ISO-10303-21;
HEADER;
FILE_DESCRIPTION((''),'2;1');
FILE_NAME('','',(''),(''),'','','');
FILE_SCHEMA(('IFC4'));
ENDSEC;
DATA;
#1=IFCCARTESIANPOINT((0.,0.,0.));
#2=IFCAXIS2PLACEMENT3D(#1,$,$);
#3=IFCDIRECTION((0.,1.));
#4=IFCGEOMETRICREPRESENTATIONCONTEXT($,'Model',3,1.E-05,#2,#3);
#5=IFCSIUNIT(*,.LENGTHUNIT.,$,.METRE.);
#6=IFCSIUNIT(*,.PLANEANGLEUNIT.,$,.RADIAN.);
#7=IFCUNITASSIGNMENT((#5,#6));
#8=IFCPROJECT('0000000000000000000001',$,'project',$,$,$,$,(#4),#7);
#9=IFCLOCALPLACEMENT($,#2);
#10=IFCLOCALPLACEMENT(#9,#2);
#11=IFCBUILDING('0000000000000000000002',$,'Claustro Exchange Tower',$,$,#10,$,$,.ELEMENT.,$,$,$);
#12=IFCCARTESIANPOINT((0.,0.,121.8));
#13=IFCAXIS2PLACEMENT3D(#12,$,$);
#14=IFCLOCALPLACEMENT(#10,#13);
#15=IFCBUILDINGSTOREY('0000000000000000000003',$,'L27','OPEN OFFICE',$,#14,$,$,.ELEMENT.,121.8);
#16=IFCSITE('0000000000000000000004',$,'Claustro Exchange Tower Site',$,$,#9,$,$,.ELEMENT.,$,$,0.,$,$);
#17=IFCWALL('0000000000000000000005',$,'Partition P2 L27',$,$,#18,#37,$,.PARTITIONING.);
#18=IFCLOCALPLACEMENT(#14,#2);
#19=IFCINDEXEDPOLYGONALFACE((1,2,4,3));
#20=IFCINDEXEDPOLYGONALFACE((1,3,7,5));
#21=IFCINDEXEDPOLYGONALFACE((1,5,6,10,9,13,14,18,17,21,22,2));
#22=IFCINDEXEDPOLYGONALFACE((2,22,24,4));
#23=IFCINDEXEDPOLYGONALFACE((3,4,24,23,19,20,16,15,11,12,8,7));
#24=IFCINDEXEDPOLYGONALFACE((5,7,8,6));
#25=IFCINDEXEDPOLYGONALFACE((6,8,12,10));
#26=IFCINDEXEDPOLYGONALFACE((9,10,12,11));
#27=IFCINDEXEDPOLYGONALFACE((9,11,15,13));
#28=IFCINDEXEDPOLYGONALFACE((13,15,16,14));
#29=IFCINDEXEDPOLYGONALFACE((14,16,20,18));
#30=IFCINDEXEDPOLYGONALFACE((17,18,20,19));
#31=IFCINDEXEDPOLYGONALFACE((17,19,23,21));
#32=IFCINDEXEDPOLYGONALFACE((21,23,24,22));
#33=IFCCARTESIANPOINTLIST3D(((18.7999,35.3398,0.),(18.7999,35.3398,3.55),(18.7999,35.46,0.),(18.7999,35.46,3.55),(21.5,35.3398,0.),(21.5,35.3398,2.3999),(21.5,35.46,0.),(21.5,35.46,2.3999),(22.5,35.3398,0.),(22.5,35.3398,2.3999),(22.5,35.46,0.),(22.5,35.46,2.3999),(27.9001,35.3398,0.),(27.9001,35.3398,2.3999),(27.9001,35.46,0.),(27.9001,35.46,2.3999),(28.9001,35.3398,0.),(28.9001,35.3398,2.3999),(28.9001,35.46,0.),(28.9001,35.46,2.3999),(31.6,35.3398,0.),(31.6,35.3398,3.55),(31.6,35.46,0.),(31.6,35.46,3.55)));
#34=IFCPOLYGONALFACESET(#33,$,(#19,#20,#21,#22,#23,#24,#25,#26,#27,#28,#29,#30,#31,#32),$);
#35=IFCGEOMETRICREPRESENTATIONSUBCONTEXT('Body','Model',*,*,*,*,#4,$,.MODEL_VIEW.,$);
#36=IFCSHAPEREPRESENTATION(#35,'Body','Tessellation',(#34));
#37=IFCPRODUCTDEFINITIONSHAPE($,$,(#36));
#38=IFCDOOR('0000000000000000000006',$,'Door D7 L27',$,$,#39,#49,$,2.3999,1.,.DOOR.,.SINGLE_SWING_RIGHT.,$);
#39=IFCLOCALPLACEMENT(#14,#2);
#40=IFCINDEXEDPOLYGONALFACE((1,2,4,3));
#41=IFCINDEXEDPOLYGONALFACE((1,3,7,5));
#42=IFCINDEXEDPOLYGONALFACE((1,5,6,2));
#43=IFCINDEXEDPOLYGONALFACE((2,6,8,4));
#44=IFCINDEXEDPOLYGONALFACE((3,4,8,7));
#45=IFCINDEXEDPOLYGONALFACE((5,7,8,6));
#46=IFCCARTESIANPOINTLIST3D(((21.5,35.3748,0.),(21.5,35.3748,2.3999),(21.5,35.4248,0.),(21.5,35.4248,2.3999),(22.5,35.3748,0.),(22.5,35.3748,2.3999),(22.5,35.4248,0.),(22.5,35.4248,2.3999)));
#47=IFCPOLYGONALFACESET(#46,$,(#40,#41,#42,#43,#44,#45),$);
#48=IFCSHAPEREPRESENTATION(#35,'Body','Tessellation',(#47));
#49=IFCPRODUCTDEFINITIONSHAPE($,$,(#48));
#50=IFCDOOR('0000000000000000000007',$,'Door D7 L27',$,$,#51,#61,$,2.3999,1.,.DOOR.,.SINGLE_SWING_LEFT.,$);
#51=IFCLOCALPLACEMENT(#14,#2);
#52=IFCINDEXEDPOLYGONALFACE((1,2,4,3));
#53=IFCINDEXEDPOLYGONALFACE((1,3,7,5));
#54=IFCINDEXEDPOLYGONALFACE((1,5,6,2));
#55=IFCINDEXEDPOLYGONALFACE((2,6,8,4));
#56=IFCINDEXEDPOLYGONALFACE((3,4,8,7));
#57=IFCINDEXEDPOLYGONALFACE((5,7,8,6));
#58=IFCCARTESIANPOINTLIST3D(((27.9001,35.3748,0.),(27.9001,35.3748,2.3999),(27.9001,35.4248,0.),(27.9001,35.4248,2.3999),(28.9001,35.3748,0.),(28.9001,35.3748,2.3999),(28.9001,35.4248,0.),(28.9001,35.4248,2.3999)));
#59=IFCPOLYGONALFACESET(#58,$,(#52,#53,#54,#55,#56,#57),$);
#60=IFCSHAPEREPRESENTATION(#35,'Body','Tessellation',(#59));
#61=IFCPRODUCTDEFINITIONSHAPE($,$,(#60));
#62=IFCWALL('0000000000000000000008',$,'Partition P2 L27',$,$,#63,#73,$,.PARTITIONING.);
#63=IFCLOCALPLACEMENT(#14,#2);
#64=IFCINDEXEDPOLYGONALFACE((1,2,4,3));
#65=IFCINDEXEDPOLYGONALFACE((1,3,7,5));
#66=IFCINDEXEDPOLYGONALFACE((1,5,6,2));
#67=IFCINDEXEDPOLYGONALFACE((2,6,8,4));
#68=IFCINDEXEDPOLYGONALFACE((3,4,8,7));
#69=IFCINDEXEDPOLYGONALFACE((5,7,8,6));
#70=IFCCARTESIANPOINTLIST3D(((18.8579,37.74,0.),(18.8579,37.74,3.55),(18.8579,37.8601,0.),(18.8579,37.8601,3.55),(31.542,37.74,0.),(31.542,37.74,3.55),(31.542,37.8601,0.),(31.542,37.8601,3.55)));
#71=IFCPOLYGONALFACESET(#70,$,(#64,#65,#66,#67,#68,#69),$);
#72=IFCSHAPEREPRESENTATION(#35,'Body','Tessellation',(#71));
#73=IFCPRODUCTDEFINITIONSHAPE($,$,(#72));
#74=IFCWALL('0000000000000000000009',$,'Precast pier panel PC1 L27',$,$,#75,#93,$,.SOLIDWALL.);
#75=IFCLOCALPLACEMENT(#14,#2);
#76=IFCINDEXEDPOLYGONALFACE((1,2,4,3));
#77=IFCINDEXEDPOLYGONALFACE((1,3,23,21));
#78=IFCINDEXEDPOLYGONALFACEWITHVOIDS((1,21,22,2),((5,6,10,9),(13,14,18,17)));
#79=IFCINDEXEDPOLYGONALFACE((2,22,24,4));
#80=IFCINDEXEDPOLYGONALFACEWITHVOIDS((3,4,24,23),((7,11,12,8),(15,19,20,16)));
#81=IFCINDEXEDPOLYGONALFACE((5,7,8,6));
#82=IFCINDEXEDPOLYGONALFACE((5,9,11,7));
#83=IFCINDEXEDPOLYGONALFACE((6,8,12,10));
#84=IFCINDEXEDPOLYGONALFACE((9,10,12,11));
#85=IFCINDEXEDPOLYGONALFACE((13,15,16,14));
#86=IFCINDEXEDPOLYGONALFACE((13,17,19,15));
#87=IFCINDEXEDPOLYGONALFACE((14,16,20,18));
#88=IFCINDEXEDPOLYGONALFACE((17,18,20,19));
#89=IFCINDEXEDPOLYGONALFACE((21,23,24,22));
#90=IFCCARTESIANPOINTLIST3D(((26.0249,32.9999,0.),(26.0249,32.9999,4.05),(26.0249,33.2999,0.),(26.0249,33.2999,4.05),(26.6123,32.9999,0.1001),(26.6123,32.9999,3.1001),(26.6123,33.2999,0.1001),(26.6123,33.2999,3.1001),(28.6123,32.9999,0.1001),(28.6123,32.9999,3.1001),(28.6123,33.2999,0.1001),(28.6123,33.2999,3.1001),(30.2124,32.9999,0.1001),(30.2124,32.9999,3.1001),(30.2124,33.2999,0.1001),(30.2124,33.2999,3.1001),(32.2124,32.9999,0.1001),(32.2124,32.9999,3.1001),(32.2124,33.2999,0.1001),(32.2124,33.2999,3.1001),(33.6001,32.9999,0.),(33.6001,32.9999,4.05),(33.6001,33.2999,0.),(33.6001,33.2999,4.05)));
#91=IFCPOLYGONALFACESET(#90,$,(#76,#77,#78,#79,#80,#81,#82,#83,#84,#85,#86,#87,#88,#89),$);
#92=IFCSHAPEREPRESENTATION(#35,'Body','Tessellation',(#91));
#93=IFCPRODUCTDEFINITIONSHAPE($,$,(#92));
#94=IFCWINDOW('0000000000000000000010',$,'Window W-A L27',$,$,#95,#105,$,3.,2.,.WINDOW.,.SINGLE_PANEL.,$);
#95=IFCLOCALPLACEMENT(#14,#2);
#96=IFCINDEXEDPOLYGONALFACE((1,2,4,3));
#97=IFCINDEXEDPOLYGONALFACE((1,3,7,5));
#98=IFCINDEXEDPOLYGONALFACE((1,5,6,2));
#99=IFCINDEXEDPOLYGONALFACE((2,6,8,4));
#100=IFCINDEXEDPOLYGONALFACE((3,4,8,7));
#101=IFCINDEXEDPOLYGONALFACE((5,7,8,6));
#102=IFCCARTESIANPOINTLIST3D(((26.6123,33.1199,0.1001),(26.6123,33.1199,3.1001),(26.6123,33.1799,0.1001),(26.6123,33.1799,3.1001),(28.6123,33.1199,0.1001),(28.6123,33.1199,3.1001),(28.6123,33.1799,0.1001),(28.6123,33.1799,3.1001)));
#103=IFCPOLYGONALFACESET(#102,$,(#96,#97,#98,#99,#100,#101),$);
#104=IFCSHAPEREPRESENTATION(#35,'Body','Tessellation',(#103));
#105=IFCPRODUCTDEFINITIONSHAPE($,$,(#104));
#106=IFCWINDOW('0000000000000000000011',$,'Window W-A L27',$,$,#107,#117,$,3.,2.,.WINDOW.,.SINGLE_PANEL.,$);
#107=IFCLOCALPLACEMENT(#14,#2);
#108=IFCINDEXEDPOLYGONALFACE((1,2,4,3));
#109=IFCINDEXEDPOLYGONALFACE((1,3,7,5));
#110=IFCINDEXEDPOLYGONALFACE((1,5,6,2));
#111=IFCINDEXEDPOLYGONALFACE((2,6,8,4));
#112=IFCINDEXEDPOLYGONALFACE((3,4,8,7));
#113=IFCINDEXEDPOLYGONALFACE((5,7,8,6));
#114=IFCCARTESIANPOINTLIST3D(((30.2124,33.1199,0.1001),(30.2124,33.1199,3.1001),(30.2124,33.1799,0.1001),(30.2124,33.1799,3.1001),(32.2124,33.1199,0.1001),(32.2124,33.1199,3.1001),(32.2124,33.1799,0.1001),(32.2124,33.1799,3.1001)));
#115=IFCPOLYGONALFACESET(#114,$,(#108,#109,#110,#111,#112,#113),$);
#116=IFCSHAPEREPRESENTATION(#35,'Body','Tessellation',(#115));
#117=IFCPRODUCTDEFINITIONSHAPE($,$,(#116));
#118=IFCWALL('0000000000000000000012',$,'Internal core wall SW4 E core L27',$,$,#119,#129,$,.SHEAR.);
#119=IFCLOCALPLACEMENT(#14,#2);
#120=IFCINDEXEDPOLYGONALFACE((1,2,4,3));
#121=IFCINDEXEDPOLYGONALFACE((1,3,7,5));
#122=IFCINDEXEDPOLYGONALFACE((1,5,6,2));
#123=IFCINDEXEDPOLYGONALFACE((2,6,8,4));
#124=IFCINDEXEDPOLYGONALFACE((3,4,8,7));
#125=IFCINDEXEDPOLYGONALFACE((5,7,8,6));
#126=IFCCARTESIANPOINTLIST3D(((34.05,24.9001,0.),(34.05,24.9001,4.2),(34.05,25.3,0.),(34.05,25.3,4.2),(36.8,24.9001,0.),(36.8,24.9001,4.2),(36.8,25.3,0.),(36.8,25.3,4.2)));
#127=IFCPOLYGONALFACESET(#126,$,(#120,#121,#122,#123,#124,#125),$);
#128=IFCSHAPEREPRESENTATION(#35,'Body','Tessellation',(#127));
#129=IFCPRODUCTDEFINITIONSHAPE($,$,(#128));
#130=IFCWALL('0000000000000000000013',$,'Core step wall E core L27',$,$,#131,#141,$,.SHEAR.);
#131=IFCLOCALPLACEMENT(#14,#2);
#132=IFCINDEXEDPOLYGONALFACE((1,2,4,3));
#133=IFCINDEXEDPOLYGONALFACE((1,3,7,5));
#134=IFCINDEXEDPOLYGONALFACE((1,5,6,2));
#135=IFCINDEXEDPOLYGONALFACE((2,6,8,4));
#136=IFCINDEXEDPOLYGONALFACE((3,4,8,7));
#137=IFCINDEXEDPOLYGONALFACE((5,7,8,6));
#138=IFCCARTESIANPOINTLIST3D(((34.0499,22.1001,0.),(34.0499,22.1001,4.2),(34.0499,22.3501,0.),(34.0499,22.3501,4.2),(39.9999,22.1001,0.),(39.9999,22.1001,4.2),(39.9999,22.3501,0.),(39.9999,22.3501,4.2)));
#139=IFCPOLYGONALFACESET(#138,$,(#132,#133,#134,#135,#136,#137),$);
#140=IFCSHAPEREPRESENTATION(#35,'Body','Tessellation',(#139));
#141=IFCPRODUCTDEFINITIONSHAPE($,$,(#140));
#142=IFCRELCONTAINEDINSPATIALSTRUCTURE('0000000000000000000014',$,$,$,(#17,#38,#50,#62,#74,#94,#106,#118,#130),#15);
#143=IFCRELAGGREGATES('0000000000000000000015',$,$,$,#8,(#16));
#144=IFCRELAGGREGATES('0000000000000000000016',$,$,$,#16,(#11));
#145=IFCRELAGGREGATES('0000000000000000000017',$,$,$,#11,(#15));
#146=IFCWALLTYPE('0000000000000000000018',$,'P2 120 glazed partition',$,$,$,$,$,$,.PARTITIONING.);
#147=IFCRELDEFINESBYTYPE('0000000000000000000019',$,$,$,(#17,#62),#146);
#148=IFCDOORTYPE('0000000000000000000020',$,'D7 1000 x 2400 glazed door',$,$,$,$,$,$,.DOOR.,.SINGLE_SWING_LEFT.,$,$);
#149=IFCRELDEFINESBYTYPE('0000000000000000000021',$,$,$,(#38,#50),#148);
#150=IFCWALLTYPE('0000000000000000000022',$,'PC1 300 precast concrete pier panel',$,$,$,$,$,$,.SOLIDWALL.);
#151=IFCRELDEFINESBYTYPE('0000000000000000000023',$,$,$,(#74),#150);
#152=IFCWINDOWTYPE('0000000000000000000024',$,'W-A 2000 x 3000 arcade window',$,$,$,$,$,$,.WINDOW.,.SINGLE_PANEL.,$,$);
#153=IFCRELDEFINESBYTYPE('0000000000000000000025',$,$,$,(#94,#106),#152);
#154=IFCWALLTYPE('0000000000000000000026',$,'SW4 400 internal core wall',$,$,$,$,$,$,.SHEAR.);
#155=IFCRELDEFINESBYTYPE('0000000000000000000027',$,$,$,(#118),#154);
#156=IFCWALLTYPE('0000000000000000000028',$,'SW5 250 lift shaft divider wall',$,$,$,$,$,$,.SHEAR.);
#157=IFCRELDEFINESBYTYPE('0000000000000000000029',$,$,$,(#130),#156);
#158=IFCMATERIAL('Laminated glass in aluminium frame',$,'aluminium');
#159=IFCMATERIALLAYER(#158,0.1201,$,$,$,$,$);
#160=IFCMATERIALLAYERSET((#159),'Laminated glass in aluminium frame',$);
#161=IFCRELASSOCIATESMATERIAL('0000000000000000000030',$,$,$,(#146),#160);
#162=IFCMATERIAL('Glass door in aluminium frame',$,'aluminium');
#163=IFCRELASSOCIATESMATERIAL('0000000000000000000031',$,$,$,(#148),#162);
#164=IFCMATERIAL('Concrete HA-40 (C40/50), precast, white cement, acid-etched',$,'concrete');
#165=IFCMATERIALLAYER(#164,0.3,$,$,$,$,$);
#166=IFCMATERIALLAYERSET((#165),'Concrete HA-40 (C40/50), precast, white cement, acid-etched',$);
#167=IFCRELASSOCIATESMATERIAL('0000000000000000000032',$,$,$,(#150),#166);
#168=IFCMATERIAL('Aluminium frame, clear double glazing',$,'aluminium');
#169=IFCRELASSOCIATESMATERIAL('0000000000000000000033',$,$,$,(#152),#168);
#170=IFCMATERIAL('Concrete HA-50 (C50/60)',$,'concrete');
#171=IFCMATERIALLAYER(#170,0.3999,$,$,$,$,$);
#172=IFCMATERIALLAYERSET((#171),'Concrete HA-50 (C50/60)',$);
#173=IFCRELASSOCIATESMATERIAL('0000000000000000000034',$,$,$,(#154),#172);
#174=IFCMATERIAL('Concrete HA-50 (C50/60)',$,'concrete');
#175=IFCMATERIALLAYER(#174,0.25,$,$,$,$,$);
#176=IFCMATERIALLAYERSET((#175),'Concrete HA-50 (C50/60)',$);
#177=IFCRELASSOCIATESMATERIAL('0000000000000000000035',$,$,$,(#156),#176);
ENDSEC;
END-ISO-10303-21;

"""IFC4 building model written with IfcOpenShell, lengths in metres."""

from ifc_helpers import new_model, si_unit, direction, frame, frame_2d, origin, place, context, subcontext, project, spatial, rectangle, extrude, material, layer, layer_set, type_object, element, fill, save


model = new_model("IFC4")

# Units and contexts
model_context = context("Model", 3, precision=1e-05, world=origin(), true_north=direction((0.0, 1.0)))
body_context = subcontext(model_context, "Body", "Model", "MODEL_VIEW")
ifc_project = project(units=[si_unit("LENGTHUNIT", "METRE"), si_unit("PLANEANGLEUNIT", "RADIAN")], contexts=[model_context])

# Site, building, storey
site_placement = place(None, origin())
site = spatial("IfcSite", under=ifc_project, at=site_placement, Name="Claustro Exchange Tower Site", CompositionType="ELEMENT", RefElevation=0.0)
building_placement = place(site_placement, origin())
building = spatial("IfcBuilding", under=site, at=building_placement, Name="Claustro Exchange Tower", CompositionType="ELEMENT")
storey_placement = place(building_placement, frame((0.0, 0.0, 121.8)))
storey = spatial("IfcBuildingStorey", under=building, at=storey_placement, Name="L27", Description="OPEN OFFICE", CompositionType="ELEMENT", Elevation=121.8)

# Shared definitions
ifc_material_1 = material(Name="Laminated glass in aluminium frame", Category="aluminium")
ifc_layer_1 = layer(ifc_material_1, 0.1201)
ifc_layer_set_1 = layer_set([ifc_layer_1], Name="Laminated glass in aluminium frame")
wall_type_1 = type_object("IfcWallType", Name="P2 120 glazed partition", PredefinedType="PARTITIONING", material=ifc_layer_set_1)
ifc_material_2 = material(Name="Glass door in aluminium frame", Category="aluminium")
door_type_1 = type_object("IfcDoorType", Name="D7 1000 x 2400 glazed door", OperationType="SINGLE_SWING_LEFT", PredefinedType="DOOR", material=ifc_material_2)

# Wall, openings, doors
wall_1_placement = place(storey_placement, frame((18.8, 35.3999, 0.0), z_axis=(0.0, 0.0, 1.0), x_axis=(1.0, 0.0, 0.0)))
wall_1 = element("IfcWall", 1, at=wall_1_placement, inside=storey, type_object=wall_type_1, Name="Partition P2 L27", PredefinedType="PARTITIONING", context=body_context, shape_type="SweptSolid", body=[
    extrude(rectangle(XDim=12.8, YDim=0.1201, at=frame_2d((6.3999, 0.0))), origin(), (0.0, 0.0, 1.0), 3.55),
])
opening_1_placement = place(wall_1_placement, frame((2.7, 0.0, 0.0)))
opening_1 = element("IfcOpeningElement", 2, at=opening_1_placement, cuts=wall_1, PredefinedType="OPENING", context=body_context, shape_type="SweptSolid", body=[
    extrude(rectangle(XDim=1.0, YDim=2.3999, at=frame_2d((0.5, 1.2))), frame((0.0, 0.0701, 0.0), z_axis=(0.0, -1.0, 0.0), x_axis=(1.0, 0.0, 0.0)), (0.0, 0.0, 1.0), 0.1401),
])
opening_2_placement = place(wall_1_placement, frame((9.1001, 0.0, 0.0)))
opening_2 = element("IfcOpeningElement", 3, at=opening_2_placement, cuts=wall_1, PredefinedType="OPENING", context=body_context, shape_type="SweptSolid", body=[
    extrude(rectangle(XDim=1.0, YDim=2.3999, at=frame_2d((0.5, 1.2))), frame((0.0, 0.0701, 0.0), z_axis=(0.0, -1.0, 0.0), x_axis=(1.0, 0.0, 0.0)), (0.0, 0.0, 1.0), 0.1401),
])
door_1_placement = place(opening_1_placement, origin())
door_1 = element("IfcDoor", 4, at=door_1_placement, inside=storey, type_object=door_type_1, Name="Door D7 L27", OperationType="SINGLE_SWING_RIGHT", OverallHeight=2.3999, OverallWidth=1.0, PredefinedType="DOOR", context=body_context, shape_type="SweptSolid", body=[
    extrude(rectangle(XDim=1.0, YDim=2.3999, at=frame_2d((0.5, 1.2))), frame((0.0, 0.0249, 0.0), z_axis=(0.0, -1.0, 0.0), x_axis=(1.0, 0.0, 0.0)), (0.0, 0.0, 1.0), 0.05),
])
fill(opening_1, door_1)
door_2_placement = place(opening_2_placement, origin())
door_2 = element("IfcDoor", 5, at=door_2_placement, inside=storey, type_object=door_type_1, Name="Door D7 L27", OperationType="SINGLE_SWING_LEFT", OverallHeight=2.3999, OverallWidth=1.0, PredefinedType="DOOR", context=body_context, shape_type="SweptSolid", body=[
    extrude(rectangle(XDim=1.0, YDim=2.3999, at=frame_2d((0.5, 1.2))), frame((0.0, 0.0249, 0.0), z_axis=(0.0, -1.0, 0.0), x_axis=(1.0, 0.0, 0.0)), (0.0, 0.0, 1.0), 0.05),
])
fill(opening_2, door_2)

# Wall
wall_2_placement = place(storey_placement, frame((18.8579, 37.8, 0.0), z_axis=(0.0, 0.0, 1.0), x_axis=(1.0, 0.0, 0.0)))
element("IfcWall", 6, at=wall_2_placement, inside=storey, type_object=wall_type_1, Name="Partition P2 L27", PredefinedType="PARTITIONING", context=body_context, shape_type="SweptSolid", body=[
    extrude(rectangle(XDim=12.6841, YDim=0.1201, at=frame_2d((6.342, 0.0))), origin(), (0.0, 0.0, 1.0), 3.55),
])

# Wall, openings, windows
ifc_material_3 = material(Name="Concrete HA-40 (C40/50), precast, white cement, acid-etched", Category="concrete")
ifc_layer_2 = layer(ifc_material_3, 0.3)
ifc_layer_set_2 = layer_set([ifc_layer_2], Name="Concrete HA-40 (C40/50), precast, white cement, acid-etched")
wall_type_2 = type_object("IfcWallType", Name="PC1 300 precast concrete pier panel", PredefinedType="SOLIDWALL", material=ifc_layer_set_2)
wall_3_placement = place(storey_placement, frame((26.0249, 33.1499, 0.0), z_axis=(0.0, 0.0, 1.0), x_axis=(1.0, 0.0, 0.0)))
wall_3 = element("IfcWall", 7, at=wall_3_placement, inside=storey, type_object=wall_type_2, Name="Precast pier panel PC1 L27", PredefinedType="SOLIDWALL", context=body_context, shape_type="SweptSolid", body=[
    extrude(rectangle(XDim=7.5752, YDim=0.3, at=frame_2d((3.7876, 0.0))), origin(), (0.0, 0.0, 1.0), 4.05),
])
opening_3_placement = place(wall_3_placement, frame((0.5874, 0.0, 0.1001)))
opening_3 = element("IfcOpeningElement", 8, at=opening_3_placement, cuts=wall_3, PredefinedType="OPENING", context=body_context, shape_type="SweptSolid", body=[
    extrude(rectangle(XDim=2.0, YDim=3.0, at=frame_2d((1.0, 1.5))), frame((0.0, 0.1599, 0.0), z_axis=(0.0, -1.0, 0.0), x_axis=(1.0, 0.0, 0.0)), (0.0, 0.0, 1.0), 0.3201),
])
opening_4_placement = place(wall_3_placement, frame((4.1875, 0.0, 0.1001)))
opening_4 = element("IfcOpeningElement", 9, at=opening_4_placement, cuts=wall_3, PredefinedType="OPENING", context=body_context, shape_type="SweptSolid", body=[
    extrude(rectangle(XDim=2.0, YDim=3.0, at=frame_2d((1.0, 1.5))), frame((0.0, 0.1599, 0.0), z_axis=(0.0, -1.0, 0.0), x_axis=(1.0, 0.0, 0.0)), (0.0, 0.0, 1.0), 0.3201),
])
ifc_material_4 = material(Name="Aluminium frame, clear double glazing", Category="aluminium")
window_type = type_object("IfcWindowType", Name="W-A 2000 x 3000 arcade window", PartitioningType="SINGLE_PANEL", PredefinedType="WINDOW", material=ifc_material_4)
window_1_placement = place(opening_3_placement, origin())
window_1 = element("IfcWindow", 10, at=window_1_placement, inside=storey, type_object=window_type, Name="Window W-A L27", OverallHeight=3.0, OverallWidth=2.0, PartitioningType="SINGLE_PANEL", PredefinedType="WINDOW", context=body_context, shape_type="SweptSolid", body=[
    extrude(rectangle(XDim=2.0, YDim=3.0, at=frame_2d((1.0, 1.5))), frame((0.0, 0.03, 0.0), z_axis=(0.0, -1.0, 0.0), x_axis=(1.0, 0.0, 0.0)), (0.0, 0.0, 1.0), 0.0601),
])
fill(opening_3, window_1)
window_2_placement = place(opening_4_placement, origin())
window_2 = element("IfcWindow", 11, at=window_2_placement, inside=storey, type_object=window_type, Name="Window W-A L27", OverallHeight=3.0, OverallWidth=2.0, PartitioningType="SINGLE_PANEL", PredefinedType="WINDOW", context=body_context, shape_type="SweptSolid", body=[
    extrude(rectangle(XDim=2.0, YDim=3.0, at=frame_2d((1.0, 1.5))), frame((0.0, 0.03, 0.0), z_axis=(0.0, -1.0, 0.0), x_axis=(1.0, 0.0, 0.0)), (0.0, 0.0, 1.0), 0.0601),
])
fill(opening_4, window_2)

# Walls
ifc_material_5 = material(Name="Concrete HA-50 (C50/60)", Category="concrete")
ifc_layer_3 = layer(ifc_material_5, 0.3999)
ifc_layer_set_3 = layer_set([ifc_layer_3], Name="Concrete HA-50 (C50/60)")
wall_type_3 = type_object("IfcWallType", Name="SW4 400 internal core wall", PredefinedType="SHEAR", material=ifc_layer_set_3)
wall_4_placement = place(storey_placement, frame((36.8, 25.1001, 0.0), z_axis=(0.0, 0.0, 1.0), x_axis=(-1.0, 0.0, 0.0)))
element("IfcWall", 12, at=wall_4_placement, inside=storey, type_object=wall_type_3, Name="Internal core wall SW4 E core L27", PredefinedType="SHEAR", context=body_context, shape_type="SweptSolid", body=[
    extrude(rectangle(XDim=2.75, YDim=0.3999, at=frame_2d((1.375, 0.0))), origin(), (0.0, 0.0, 1.0), 4.2),
])
ifc_material_6 = material(Name="Concrete HA-50 (C50/60)", Category="concrete")
ifc_layer_4 = layer(ifc_material_6, 0.25)
ifc_layer_set_4 = layer_set([ifc_layer_4], Name="Concrete HA-50 (C50/60)")
wall_type_4 = type_object("IfcWallType", Name="SW5 250 lift shaft divider wall", PredefinedType="SHEAR", material=ifc_layer_set_4)
wall_5_placement = place(storey_placement, frame((40.0, 22.2251, 0.0), z_axis=(0.0, 0.0, 1.0), x_axis=(-1.0, 0.0, 0.0)))
element("IfcWall", 13, at=wall_5_placement, inside=storey, type_object=wall_type_4, Name="Core step wall E core L27", PredefinedType="SHEAR", context=body_context, shape_type="SweptSolid", body=[
    extrude(rectangle(XDim=5.95, YDim=0.25, at=frame_2d((2.9751, 0.0))), origin(), (0.0, 0.0, 1.0), 4.2),
])

save(model, "model.ifc")
